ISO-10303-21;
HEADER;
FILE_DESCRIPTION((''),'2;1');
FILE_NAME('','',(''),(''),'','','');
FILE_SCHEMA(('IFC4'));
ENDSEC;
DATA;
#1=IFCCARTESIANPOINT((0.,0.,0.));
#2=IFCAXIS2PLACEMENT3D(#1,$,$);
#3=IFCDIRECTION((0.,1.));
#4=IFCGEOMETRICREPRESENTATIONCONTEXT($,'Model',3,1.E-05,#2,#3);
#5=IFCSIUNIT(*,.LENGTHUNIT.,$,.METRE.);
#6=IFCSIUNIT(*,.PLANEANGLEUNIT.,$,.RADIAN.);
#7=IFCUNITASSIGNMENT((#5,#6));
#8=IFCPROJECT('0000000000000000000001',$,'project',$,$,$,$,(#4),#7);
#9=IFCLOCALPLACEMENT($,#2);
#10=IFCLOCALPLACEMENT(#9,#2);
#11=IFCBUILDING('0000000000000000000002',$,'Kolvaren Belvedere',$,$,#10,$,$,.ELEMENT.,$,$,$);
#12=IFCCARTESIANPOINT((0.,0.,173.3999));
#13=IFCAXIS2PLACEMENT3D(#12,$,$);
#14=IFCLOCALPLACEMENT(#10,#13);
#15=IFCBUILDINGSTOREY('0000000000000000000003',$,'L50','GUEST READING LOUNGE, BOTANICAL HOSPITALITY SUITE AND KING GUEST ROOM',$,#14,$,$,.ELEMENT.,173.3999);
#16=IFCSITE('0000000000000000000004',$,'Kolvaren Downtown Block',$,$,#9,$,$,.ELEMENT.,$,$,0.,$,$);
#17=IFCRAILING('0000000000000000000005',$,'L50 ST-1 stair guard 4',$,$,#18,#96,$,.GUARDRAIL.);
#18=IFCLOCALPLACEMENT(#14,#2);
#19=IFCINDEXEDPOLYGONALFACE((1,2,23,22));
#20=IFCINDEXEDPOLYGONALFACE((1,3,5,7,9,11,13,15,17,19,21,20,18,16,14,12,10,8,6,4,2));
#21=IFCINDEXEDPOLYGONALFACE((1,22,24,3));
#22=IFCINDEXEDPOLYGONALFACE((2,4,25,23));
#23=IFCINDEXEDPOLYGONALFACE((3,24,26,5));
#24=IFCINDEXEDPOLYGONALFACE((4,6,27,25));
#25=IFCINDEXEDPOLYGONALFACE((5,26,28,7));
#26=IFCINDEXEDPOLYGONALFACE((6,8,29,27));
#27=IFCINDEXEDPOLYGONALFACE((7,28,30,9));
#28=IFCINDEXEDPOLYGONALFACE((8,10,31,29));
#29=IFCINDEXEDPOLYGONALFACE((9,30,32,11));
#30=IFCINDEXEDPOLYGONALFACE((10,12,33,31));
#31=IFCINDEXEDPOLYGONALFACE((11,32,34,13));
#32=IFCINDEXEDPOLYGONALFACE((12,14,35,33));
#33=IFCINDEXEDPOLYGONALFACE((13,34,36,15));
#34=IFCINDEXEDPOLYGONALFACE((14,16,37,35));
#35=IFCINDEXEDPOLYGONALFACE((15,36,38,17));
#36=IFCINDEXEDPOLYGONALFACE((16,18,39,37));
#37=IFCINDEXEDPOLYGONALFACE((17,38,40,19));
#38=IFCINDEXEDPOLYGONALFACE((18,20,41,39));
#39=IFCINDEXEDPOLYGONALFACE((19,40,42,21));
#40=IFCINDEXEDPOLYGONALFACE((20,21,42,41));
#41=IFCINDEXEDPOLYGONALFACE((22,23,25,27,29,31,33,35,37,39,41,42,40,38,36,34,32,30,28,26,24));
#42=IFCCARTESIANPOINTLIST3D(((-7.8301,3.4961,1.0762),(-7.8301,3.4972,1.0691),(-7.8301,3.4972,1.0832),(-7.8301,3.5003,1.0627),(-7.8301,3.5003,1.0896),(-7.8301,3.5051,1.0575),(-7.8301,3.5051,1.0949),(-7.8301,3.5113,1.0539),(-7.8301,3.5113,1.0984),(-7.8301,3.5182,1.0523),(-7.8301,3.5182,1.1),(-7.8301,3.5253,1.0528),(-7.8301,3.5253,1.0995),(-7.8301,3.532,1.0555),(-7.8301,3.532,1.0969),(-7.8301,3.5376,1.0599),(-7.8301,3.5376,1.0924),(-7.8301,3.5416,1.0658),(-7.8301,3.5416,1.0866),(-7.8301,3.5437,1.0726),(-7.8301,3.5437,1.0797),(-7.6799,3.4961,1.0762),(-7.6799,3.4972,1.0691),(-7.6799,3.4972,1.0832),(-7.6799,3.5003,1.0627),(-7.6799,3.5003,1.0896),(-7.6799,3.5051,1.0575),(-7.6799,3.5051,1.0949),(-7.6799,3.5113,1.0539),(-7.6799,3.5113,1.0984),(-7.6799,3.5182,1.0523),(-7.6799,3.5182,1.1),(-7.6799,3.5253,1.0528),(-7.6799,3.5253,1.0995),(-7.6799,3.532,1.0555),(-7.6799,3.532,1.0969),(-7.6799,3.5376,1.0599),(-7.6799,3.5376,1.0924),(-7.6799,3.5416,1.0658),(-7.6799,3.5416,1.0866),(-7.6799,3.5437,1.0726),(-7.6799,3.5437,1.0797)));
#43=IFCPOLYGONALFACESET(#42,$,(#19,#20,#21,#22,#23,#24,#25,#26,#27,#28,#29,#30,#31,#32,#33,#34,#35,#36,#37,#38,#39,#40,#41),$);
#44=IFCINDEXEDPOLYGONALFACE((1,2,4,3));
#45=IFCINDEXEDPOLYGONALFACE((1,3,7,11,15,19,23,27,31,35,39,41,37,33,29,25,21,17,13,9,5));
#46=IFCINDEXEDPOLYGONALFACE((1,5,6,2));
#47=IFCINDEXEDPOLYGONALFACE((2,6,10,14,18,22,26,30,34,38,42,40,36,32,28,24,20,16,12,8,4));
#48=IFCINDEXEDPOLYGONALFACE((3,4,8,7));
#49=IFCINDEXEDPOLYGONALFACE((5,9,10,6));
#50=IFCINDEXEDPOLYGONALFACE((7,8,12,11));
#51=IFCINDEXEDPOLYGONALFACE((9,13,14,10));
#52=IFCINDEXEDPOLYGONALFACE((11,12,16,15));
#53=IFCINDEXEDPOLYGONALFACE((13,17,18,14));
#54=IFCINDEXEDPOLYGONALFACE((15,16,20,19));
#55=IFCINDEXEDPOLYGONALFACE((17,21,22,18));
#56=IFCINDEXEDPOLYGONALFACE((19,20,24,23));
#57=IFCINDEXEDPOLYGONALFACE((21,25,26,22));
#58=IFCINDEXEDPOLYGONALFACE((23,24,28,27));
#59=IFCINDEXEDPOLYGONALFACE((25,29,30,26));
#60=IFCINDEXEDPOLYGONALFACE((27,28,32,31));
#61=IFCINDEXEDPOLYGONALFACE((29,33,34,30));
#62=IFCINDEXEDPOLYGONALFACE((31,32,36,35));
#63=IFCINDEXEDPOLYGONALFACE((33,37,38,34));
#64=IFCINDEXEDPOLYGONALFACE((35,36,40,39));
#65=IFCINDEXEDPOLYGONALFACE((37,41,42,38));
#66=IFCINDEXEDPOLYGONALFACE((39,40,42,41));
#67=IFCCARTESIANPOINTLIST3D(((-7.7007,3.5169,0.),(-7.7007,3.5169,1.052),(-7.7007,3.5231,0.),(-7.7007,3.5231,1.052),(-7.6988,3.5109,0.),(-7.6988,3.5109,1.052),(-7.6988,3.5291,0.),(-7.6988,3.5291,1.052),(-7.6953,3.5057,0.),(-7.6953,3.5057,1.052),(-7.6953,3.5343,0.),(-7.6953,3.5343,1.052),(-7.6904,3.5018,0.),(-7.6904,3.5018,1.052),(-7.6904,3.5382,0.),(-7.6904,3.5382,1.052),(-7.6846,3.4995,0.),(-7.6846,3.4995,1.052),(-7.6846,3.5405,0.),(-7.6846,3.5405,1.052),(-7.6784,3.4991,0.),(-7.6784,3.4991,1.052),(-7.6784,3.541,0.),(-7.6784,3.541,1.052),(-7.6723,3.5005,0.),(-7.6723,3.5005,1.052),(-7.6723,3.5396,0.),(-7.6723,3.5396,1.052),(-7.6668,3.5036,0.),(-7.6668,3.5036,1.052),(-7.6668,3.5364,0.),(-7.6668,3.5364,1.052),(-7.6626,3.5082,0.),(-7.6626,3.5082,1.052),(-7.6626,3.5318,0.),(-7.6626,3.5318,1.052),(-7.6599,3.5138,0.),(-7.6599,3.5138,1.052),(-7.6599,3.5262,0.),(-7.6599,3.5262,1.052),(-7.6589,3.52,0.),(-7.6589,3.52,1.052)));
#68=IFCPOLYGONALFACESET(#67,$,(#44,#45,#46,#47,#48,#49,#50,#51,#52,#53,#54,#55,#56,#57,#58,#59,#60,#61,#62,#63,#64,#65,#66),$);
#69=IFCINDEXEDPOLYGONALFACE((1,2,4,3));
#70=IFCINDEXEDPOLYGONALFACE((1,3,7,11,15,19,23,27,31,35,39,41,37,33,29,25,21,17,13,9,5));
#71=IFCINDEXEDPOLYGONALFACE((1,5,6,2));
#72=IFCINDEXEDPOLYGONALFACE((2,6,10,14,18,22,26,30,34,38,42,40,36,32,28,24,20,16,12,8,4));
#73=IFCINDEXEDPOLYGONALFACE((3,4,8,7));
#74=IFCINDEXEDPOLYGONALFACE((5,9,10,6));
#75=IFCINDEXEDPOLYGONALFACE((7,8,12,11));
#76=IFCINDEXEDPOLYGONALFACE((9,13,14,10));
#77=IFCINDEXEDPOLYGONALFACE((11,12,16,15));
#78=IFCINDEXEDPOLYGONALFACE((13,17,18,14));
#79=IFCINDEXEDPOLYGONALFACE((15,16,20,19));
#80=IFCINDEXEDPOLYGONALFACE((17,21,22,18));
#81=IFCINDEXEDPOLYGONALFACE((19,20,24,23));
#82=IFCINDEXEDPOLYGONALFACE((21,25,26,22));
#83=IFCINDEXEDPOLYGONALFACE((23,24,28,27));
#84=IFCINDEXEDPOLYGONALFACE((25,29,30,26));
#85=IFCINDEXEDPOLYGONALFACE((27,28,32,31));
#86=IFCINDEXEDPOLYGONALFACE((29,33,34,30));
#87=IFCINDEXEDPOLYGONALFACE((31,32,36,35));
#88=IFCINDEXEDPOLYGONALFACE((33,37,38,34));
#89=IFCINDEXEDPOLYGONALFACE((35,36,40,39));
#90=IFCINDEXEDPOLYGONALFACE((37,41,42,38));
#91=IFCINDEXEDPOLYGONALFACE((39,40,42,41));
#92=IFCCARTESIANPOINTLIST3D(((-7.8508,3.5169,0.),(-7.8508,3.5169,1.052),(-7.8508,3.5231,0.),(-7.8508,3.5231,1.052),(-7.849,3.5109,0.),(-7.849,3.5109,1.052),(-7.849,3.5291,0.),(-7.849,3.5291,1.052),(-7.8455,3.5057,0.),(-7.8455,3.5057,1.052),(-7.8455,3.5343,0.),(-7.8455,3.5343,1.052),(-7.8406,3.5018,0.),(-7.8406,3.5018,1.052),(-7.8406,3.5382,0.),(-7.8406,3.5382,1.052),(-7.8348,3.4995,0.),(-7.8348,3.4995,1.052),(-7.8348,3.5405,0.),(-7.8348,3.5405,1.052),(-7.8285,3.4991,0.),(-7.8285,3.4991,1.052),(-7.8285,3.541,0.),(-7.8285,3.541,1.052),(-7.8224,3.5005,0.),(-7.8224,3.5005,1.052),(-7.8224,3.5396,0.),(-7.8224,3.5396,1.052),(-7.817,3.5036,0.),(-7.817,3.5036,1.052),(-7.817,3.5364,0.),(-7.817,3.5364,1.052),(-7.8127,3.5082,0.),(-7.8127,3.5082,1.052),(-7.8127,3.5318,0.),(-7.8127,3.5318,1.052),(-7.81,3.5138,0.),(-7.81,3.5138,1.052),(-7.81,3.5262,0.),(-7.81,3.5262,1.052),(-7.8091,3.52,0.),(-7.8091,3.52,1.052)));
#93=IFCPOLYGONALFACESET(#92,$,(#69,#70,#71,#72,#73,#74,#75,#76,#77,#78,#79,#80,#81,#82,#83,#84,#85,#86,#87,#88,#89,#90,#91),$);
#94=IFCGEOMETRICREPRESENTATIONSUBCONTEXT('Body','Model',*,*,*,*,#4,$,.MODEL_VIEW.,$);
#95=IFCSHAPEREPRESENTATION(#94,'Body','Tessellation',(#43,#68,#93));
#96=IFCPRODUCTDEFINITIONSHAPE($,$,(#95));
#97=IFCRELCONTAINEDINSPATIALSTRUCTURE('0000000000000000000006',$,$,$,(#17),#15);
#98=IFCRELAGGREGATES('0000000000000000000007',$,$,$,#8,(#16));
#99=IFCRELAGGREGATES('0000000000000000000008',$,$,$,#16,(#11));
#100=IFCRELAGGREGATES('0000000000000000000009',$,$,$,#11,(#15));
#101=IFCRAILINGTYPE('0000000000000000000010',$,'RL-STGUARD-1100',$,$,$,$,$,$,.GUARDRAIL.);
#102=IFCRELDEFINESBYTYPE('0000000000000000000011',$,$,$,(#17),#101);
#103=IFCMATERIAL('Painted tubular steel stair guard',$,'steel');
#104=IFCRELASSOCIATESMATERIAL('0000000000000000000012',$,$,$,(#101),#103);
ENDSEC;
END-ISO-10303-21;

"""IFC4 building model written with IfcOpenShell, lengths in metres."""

from ifc_helpers import new_model, si_unit, direction, frame, origin, origin_2d, place, context, subcontext, project, spatial, circle, extrude, material, type_object, element, save


model = new_model("IFC4")

# Units and contexts
model_context = context("Model", 3, precision=1e-05, world=origin(), true_north=direction((0.0, 1.0)))
body_context = subcontext(model_context, "Body", "Model", "MODEL_VIEW")
ifc_project = project(units=[si_unit("LENGTHUNIT", "METRE"), si_unit("PLANEANGLEUNIT", "RADIAN")], contexts=[model_context])

# Site, building, storey
site_placement = place(None, origin())
site = spatial("IfcSite", under=ifc_project, at=site_placement, Name="Kolvaren Downtown Block", CompositionType="ELEMENT", RefElevation=0.0)
building_placement = place(site_placement, origin())
building = spatial("IfcBuilding", under=site, at=building_placement, Name="Kolvaren Belvedere", CompositionType="ELEMENT")
storey_placement = place(building_placement, frame((0.0, 0.0, 173.3999)))
storey = spatial("IfcBuildingStorey", under=building, at=storey_placement, Name="L50", Description="GUEST READING LOUNGE, BOTANICAL HOSPITALITY SUITE AND KING GUEST ROOM", CompositionType="ELEMENT", Elevation=173.3999)

# Railing
ifc_material_1 = material(Name="Painted tubular steel stair guard", Category="steel")
railing_type_1 = type_object("IfcRailingType", Name="RL-STGUARD-1100", PredefinedType="GUARDRAIL", material=ifc_material_1)
railing_1_placement = place(storey_placement, frame((-7.6799, 3.52, 0.0)))
element("IfcRailing", 1, at=railing_1_placement, inside=storey, type_object=railing_type_1, Name="L50 ST-1 stair guard 4", PredefinedType="GUARDRAIL", context=body_context, shape_type="SweptSolid", body=[
    extrude(circle(Radius=0.0239, at=origin_2d()), frame((0.0, 0.0, 1.0762), z_axis=(-1.0, 0.0, 0.0), x_axis=(0.0, -1.0, 0.0)), (0.0, 0.0, 1.0), 0.1501),
    extrude(circle(Radius=0.021, at=origin_2d()), origin(), (0.0, 0.0, 1.0), 1.052),
    extrude(circle(Radius=0.021, at=origin_2d()), frame((-0.1501, 0.0, 0.0)), (0.0, 0.0, 1.0), 1.052),
])

save(model, "model.ifc")
